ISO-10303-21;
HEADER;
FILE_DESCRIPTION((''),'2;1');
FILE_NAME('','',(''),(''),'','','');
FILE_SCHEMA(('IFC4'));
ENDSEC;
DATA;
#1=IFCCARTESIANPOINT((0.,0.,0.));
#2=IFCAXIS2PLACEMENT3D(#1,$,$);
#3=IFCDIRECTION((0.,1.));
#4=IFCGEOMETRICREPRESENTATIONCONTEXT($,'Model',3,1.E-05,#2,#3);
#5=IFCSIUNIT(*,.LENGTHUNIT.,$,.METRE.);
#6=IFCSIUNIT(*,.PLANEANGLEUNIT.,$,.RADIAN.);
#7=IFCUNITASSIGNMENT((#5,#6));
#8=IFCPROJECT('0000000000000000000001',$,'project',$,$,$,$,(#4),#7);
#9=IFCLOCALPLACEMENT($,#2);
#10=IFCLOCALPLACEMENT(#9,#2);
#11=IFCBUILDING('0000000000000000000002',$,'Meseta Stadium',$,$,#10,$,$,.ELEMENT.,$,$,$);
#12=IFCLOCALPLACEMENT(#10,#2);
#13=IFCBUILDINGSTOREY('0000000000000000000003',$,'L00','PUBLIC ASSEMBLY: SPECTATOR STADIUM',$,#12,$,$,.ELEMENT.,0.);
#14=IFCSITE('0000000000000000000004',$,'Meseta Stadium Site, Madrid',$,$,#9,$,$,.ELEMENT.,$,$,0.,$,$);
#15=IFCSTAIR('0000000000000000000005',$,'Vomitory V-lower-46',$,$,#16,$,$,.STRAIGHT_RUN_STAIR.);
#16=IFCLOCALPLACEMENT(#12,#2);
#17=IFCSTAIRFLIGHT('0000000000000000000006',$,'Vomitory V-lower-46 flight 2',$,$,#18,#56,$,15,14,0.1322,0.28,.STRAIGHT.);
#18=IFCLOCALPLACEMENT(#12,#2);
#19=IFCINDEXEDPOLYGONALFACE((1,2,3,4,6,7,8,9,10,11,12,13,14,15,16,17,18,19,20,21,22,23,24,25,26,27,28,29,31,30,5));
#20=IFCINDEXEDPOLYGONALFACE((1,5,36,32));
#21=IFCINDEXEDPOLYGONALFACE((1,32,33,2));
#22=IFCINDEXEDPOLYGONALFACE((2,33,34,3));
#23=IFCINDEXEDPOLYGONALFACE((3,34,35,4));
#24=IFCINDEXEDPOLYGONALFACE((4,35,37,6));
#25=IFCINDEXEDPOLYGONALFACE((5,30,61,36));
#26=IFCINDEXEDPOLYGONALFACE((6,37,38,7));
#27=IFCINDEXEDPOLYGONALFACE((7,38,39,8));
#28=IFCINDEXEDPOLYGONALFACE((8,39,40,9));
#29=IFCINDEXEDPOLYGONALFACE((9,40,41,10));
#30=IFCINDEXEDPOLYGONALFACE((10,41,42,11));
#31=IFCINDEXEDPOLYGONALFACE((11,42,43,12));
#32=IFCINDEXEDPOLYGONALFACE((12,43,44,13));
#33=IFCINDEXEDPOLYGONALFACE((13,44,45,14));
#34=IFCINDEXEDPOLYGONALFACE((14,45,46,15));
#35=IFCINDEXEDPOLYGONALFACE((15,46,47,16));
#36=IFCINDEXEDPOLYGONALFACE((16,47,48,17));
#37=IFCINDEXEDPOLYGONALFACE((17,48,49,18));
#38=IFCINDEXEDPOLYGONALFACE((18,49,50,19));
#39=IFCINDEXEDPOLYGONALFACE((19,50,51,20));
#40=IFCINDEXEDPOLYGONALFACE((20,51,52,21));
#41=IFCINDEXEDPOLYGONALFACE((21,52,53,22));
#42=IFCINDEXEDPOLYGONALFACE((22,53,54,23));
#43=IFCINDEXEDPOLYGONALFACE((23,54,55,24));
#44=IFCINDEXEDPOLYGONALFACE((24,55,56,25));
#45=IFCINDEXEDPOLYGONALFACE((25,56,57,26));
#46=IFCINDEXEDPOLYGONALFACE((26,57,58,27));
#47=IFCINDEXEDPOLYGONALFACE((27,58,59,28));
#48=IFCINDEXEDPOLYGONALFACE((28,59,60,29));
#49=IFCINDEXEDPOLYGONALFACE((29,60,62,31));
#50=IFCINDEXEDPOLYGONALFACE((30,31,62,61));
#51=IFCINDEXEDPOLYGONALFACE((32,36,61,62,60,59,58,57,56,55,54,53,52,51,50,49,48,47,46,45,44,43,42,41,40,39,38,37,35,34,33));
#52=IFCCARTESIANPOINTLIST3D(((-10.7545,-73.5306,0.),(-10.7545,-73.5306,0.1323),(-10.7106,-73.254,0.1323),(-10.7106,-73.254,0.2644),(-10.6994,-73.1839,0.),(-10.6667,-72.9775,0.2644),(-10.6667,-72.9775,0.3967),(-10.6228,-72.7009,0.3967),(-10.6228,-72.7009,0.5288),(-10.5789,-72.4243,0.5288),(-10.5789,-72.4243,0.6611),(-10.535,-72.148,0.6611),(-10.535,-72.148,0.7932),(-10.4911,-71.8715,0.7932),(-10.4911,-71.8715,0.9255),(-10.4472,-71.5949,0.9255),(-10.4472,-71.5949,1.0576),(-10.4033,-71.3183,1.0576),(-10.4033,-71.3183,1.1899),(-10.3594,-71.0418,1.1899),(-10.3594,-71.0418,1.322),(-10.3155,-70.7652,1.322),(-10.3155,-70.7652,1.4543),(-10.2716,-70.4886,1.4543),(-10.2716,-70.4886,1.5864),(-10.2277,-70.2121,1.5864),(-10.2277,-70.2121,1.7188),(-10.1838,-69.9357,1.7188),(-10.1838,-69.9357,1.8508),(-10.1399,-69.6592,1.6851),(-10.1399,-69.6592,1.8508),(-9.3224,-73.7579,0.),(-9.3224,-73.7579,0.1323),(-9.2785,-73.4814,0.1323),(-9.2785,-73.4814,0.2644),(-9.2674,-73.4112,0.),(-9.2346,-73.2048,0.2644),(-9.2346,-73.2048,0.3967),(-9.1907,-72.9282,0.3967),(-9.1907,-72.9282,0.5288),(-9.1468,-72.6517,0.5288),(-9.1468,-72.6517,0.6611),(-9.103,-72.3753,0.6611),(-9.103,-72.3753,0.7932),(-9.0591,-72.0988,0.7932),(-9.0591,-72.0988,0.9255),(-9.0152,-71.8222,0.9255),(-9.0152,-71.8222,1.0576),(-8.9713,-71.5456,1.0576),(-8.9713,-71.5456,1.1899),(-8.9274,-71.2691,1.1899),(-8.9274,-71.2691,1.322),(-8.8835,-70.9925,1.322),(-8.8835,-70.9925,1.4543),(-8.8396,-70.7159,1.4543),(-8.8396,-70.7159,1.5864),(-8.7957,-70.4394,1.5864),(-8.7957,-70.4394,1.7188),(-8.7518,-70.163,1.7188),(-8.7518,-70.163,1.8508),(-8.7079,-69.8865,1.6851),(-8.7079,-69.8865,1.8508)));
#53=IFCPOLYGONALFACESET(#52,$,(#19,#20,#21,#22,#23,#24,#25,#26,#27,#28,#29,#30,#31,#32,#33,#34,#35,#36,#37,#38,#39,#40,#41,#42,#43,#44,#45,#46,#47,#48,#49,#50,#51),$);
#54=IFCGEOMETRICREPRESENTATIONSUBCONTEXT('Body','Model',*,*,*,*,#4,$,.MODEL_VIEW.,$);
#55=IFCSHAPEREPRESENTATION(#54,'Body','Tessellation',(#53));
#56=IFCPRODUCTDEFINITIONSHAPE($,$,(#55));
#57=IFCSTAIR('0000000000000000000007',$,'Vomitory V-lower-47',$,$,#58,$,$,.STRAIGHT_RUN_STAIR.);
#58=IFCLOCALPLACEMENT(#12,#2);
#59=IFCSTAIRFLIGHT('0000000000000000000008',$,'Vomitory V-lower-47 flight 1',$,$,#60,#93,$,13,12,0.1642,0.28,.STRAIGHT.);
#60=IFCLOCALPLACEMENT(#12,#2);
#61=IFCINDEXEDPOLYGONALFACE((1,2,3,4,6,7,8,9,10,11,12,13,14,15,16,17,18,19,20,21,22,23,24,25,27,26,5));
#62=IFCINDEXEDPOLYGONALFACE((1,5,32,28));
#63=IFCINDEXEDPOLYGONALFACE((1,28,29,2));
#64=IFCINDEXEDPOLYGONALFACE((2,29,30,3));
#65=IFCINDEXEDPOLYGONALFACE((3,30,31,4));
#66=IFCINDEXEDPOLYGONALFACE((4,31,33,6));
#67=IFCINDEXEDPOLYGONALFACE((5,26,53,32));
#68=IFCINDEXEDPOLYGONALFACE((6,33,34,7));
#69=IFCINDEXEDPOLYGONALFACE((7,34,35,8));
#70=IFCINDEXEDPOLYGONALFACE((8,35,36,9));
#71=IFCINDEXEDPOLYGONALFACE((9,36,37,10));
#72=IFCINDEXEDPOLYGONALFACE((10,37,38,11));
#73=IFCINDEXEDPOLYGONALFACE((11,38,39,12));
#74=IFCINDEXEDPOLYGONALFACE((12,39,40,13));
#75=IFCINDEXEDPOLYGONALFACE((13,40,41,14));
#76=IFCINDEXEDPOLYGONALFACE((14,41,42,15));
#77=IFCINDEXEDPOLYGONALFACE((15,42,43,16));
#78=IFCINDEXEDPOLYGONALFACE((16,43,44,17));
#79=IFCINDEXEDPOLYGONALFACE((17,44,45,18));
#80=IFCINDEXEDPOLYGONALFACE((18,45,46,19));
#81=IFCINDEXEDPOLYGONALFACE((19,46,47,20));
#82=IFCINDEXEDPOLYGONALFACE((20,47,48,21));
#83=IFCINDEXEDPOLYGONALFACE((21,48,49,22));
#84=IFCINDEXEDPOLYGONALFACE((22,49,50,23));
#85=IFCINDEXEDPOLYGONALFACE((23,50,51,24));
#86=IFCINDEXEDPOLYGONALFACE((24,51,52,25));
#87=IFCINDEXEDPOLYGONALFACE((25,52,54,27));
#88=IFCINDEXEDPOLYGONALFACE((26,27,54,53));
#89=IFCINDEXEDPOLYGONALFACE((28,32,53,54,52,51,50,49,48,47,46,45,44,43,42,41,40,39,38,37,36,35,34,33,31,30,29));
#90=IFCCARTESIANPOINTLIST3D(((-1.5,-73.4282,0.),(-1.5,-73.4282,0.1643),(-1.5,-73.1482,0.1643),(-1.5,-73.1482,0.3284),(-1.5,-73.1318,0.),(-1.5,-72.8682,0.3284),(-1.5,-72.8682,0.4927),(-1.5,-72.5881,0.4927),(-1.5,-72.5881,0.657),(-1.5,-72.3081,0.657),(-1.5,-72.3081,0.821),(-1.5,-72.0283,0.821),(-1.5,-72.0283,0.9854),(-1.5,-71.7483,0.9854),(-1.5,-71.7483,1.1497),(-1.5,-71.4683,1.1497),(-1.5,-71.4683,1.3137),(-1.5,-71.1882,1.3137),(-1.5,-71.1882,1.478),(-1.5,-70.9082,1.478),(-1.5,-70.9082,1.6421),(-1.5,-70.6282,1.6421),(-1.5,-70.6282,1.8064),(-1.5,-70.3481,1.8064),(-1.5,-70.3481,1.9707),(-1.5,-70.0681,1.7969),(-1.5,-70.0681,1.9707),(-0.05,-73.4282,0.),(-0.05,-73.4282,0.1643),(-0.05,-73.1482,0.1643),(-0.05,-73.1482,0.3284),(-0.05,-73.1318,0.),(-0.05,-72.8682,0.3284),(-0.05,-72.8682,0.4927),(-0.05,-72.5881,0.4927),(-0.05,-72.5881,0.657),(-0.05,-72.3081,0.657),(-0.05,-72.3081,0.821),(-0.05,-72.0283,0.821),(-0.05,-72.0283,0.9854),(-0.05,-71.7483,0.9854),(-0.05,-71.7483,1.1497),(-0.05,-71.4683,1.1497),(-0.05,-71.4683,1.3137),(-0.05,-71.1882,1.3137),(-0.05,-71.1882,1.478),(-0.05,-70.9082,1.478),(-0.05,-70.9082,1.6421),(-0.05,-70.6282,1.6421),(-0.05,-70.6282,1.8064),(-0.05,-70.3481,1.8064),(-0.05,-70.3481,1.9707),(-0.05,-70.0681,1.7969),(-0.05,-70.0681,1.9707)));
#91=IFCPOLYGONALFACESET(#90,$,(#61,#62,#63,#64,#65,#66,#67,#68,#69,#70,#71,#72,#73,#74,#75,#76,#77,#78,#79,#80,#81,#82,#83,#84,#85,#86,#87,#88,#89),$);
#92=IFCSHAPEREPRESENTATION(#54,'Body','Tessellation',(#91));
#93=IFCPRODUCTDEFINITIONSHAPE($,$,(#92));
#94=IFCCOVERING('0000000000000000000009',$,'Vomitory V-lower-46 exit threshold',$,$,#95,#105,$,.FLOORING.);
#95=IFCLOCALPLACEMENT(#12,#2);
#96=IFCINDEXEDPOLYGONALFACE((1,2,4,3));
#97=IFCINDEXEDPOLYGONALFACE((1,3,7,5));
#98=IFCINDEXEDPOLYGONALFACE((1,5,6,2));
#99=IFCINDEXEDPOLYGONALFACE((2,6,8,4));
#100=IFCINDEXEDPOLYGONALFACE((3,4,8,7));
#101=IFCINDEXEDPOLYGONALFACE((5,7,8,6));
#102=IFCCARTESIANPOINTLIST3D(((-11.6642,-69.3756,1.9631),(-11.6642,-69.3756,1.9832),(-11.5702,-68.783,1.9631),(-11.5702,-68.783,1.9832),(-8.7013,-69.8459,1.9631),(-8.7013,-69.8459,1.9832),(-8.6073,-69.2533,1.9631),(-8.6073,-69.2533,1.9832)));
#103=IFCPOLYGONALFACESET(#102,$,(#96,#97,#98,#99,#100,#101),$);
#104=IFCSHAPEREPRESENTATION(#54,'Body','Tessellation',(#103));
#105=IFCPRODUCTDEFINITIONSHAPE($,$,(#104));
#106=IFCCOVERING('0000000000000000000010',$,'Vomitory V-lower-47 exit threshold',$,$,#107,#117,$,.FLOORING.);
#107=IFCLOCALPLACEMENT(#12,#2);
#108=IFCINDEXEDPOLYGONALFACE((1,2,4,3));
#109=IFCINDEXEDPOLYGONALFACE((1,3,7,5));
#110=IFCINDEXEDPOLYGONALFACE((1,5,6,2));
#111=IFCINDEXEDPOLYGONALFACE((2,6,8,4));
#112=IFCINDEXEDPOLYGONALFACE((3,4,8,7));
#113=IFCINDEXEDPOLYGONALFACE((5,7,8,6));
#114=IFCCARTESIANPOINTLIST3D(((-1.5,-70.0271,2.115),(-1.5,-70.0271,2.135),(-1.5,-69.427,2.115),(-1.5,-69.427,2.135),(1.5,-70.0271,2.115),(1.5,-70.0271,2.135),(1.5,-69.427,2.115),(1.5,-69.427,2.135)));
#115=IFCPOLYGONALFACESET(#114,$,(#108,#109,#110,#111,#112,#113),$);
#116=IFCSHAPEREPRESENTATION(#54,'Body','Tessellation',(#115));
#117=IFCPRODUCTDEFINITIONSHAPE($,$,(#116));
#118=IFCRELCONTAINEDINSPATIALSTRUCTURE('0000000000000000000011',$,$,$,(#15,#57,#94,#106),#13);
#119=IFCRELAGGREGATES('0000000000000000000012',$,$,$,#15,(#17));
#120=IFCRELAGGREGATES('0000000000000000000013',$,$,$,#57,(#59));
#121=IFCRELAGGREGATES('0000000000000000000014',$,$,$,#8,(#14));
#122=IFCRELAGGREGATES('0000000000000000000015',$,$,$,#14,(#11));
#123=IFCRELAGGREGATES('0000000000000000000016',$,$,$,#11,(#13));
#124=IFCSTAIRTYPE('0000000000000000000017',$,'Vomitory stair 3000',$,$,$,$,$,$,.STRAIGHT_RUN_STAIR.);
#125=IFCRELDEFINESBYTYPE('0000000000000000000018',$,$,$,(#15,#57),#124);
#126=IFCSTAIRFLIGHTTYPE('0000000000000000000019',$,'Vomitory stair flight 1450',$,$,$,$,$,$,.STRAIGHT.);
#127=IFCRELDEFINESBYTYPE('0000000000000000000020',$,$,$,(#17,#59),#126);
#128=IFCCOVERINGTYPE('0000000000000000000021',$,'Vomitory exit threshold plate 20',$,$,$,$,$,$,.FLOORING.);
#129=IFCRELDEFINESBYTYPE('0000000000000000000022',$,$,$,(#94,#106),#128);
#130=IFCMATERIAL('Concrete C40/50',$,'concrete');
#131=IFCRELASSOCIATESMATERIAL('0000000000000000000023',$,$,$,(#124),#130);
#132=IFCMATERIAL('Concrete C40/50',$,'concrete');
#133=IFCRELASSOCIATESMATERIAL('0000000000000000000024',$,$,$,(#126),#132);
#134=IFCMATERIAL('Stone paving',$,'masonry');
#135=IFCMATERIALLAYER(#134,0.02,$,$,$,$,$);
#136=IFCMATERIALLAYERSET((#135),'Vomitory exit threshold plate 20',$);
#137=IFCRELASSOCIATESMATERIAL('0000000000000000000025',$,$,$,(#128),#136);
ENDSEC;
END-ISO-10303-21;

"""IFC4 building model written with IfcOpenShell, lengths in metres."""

from ifc_helpers import new_model, si_unit, direction, frame, origin, origin_2d, place, context, subcontext, project, spatial, polyline, rectangle, outline, extrude, material, layer, layer_set, type_object, element, aggregate, save


model = new_model("IFC4")

# Units and contexts
model_context = context("Model", 3, precision=1e-05, world=origin(), true_north=direction((0.0, 1.0)))
body_context = subcontext(model_context, "Body", "Model", "MODEL_VIEW")
ifc_project = project(units=[si_unit("LENGTHUNIT", "METRE"), si_unit("PLANEANGLEUNIT", "RADIAN")], contexts=[model_context])

# Site, building, storey
site_placement = place(None, origin())
site = spatial("IfcSite", under=ifc_project, at=site_placement, Name="Meseta Stadium Site, Madrid", CompositionType="ELEMENT", RefElevation=0.0)
building_placement = place(site_placement, origin())
building = spatial("IfcBuilding", under=site, at=building_placement, Name="Meseta Stadium", CompositionType="ELEMENT")
storey_placement = place(building_placement, origin())
storey = spatial("IfcBuildingStorey", under=building, at=storey_placement, Name="L00", Description="PUBLIC ASSEMBLY: SPECTATOR STADIUM", CompositionType="ELEMENT", Elevation=0.0)

# Stair, stair flight
ifc_material_1 = material(Name="Concrete C40/50", Category="concrete")
stair_type = type_object("IfcStairType", Name="Vomitory stair 3000", PredefinedType="STRAIGHT_RUN_STAIR", material=ifc_material_1)
stair_1_placement = place(storey_placement, origin())
stair_1 = element("IfcStair", 1, at=stair_1_placement, inside=storey, type_object=stair_type, Name="Vomitory V-lower-46", PredefinedType="STRAIGHT_RUN_STAIR")
ifc_material_2 = material(Name="Concrete C40/50", Category="concrete")
stair_flight_type = type_object("IfcStairFlightType", Name="Vomitory stair flight 1450", PredefinedType="STRAIGHT", material=ifc_material_2)
stair_flight_1_placement = place(storey_placement, frame((-10.0383, -73.6443, 0.0), z_axis=(0.0, 0.0, 1.0), x_axis=(0.156767, 0.987636, 0.0)))
stair_flight_1 = element("IfcStairFlight", 2, at=stair_flight_1_placement, type_object=stair_flight_type, Name="Vomitory V-lower-46 flight 2", NumberOfRisers=15, NumberOfTreads=14, PredefinedType="STRAIGHT", RiserHeight=0.1322, TreadLength=0.28, context=body_context, shape_type="SweptSolid", body=[
    extrude(outline(polyline([(0.0, 0.0), (0.0, 0.1323), (0.28, 0.1323), (0.28, 0.2644), (0.5601, 0.2644), (0.5601, 0.3967), (0.8401, 0.3967), (0.8401, 0.5288), (1.1201, 0.5288), (1.1201, 0.6611), (1.3999, 0.6611), (1.3999, 0.7932), (1.6799, 0.7932), (1.6799, 0.9255), (1.96, 0.9255), (1.96, 1.0576), (2.24, 1.0576), (2.24, 1.1899), (2.52, 1.1899), (2.52, 1.322), (2.8, 1.322), (2.8, 1.4543), (3.0801, 1.4543), (3.0801, 1.5864), (3.3601, 1.5864), (3.3601, 1.7188), (3.6399, 1.7188), (3.6399, 1.8508), (3.9199, 1.8508), (3.9199, 1.6851), (0.3511, 0.0), (0.0, 0.0)])), frame((0.0, 0.7251, 0.0), z_axis=(0.0, -1.0, 0.0), x_axis=(1.0, 0.0, 0.0)), (0.0, 0.0, 1.0), 1.45),
])
aggregate(stair_1, [stair_flight_1])

# Stair, stair flight
stair_2_placement = place(storey_placement, origin())
stair_2 = element("IfcStair", 3, at=stair_2_placement, inside=storey, type_object=stair_type, Name="Vomitory V-lower-47", PredefinedType="STRAIGHT_RUN_STAIR")
stair_flight_2_placement = place(storey_placement, frame((-0.7749, -73.4282, 0.0), z_axis=(0.0, 0.0, 1.0), x_axis=(0.0, 1.0, 0.0)))
stair_flight_2 = element("IfcStairFlight", 4, at=stair_flight_2_placement, type_object=stair_flight_type, Name="Vomitory V-lower-47 flight 1", NumberOfRisers=13, NumberOfTreads=12, PredefinedType="STRAIGHT", RiserHeight=0.1642, TreadLength=0.28, context=body_context, shape_type="SweptSolid", body=[
    extrude(outline(polyline([(0.0, 0.0), (0.0, 0.1643), (0.28, 0.1643), (0.28, 0.3284), (0.5601, 0.3284), (0.5601, 0.4927), (0.8401, 0.4927), (0.8401, 0.657), (1.1201, 0.657), (1.1201, 0.821), (1.3999, 0.821), (1.3999, 0.9854), (1.6799, 0.9854), (1.6799, 1.1497), (1.96, 1.1497), (1.96, 1.3137), (2.24, 1.3137), (2.24, 1.478), (2.52, 1.478), (2.52, 1.6421), (2.8, 1.6421), (2.8, 1.8064), (3.0801, 1.8064), (3.0801, 1.9707), (3.3601, 1.9707), (3.3601, 1.7969), (0.2964, 0.0), (0.0, 0.0)])), frame((0.0, 0.7251, 0.0), z_axis=(0.0, -1.0, 0.0), x_axis=(1.0, 0.0, 0.0)), (0.0, 0.0, 1.0), 1.45),
])
aggregate(stair_2, [stair_flight_2])

# Coverings
ifc_material_3 = material(Name="Stone paving", Category="masonry")
ifc_layer_1 = layer(ifc_material_3, 0.02)
ifc_layer_set_1 = layer_set([ifc_layer_1], Name="Vomitory exit threshold plate 20")
covering_type = type_object("IfcCoveringType", Name="Vomitory exit threshold plate 20", PredefinedType="FLOORING", material=ifc_layer_set_1)
for number, where, z_axis, x_axis, name in (
    (5, (-10.1357, -69.3145, 1.9631), (0.0, 0.0, 1.0), (0.156767, 0.987636, 0.0), "Vomitory V-lower-46 exit threshold"),
    (6, (0.0, -69.7271, 2.115), (0.0, 0.0, 1.0), (0.0, 1.0, 0.0), "Vomitory V-lower-47 exit threshold"),
):
    element("IfcCovering", number, at=place(storey_placement, frame(where, z_axis=z_axis, x_axis=x_axis)), inside=storey, type_object=covering_type, Name=name, PredefinedType="FLOORING", context=body_context, shape_type="SweptSolid", body=[
        extrude(rectangle(XDim=0.6001, YDim=3.0, at=origin_2d()), origin(), (0.0, 0.0, 1.0), 0.02),
    ])

save(model, "model.ifc")
